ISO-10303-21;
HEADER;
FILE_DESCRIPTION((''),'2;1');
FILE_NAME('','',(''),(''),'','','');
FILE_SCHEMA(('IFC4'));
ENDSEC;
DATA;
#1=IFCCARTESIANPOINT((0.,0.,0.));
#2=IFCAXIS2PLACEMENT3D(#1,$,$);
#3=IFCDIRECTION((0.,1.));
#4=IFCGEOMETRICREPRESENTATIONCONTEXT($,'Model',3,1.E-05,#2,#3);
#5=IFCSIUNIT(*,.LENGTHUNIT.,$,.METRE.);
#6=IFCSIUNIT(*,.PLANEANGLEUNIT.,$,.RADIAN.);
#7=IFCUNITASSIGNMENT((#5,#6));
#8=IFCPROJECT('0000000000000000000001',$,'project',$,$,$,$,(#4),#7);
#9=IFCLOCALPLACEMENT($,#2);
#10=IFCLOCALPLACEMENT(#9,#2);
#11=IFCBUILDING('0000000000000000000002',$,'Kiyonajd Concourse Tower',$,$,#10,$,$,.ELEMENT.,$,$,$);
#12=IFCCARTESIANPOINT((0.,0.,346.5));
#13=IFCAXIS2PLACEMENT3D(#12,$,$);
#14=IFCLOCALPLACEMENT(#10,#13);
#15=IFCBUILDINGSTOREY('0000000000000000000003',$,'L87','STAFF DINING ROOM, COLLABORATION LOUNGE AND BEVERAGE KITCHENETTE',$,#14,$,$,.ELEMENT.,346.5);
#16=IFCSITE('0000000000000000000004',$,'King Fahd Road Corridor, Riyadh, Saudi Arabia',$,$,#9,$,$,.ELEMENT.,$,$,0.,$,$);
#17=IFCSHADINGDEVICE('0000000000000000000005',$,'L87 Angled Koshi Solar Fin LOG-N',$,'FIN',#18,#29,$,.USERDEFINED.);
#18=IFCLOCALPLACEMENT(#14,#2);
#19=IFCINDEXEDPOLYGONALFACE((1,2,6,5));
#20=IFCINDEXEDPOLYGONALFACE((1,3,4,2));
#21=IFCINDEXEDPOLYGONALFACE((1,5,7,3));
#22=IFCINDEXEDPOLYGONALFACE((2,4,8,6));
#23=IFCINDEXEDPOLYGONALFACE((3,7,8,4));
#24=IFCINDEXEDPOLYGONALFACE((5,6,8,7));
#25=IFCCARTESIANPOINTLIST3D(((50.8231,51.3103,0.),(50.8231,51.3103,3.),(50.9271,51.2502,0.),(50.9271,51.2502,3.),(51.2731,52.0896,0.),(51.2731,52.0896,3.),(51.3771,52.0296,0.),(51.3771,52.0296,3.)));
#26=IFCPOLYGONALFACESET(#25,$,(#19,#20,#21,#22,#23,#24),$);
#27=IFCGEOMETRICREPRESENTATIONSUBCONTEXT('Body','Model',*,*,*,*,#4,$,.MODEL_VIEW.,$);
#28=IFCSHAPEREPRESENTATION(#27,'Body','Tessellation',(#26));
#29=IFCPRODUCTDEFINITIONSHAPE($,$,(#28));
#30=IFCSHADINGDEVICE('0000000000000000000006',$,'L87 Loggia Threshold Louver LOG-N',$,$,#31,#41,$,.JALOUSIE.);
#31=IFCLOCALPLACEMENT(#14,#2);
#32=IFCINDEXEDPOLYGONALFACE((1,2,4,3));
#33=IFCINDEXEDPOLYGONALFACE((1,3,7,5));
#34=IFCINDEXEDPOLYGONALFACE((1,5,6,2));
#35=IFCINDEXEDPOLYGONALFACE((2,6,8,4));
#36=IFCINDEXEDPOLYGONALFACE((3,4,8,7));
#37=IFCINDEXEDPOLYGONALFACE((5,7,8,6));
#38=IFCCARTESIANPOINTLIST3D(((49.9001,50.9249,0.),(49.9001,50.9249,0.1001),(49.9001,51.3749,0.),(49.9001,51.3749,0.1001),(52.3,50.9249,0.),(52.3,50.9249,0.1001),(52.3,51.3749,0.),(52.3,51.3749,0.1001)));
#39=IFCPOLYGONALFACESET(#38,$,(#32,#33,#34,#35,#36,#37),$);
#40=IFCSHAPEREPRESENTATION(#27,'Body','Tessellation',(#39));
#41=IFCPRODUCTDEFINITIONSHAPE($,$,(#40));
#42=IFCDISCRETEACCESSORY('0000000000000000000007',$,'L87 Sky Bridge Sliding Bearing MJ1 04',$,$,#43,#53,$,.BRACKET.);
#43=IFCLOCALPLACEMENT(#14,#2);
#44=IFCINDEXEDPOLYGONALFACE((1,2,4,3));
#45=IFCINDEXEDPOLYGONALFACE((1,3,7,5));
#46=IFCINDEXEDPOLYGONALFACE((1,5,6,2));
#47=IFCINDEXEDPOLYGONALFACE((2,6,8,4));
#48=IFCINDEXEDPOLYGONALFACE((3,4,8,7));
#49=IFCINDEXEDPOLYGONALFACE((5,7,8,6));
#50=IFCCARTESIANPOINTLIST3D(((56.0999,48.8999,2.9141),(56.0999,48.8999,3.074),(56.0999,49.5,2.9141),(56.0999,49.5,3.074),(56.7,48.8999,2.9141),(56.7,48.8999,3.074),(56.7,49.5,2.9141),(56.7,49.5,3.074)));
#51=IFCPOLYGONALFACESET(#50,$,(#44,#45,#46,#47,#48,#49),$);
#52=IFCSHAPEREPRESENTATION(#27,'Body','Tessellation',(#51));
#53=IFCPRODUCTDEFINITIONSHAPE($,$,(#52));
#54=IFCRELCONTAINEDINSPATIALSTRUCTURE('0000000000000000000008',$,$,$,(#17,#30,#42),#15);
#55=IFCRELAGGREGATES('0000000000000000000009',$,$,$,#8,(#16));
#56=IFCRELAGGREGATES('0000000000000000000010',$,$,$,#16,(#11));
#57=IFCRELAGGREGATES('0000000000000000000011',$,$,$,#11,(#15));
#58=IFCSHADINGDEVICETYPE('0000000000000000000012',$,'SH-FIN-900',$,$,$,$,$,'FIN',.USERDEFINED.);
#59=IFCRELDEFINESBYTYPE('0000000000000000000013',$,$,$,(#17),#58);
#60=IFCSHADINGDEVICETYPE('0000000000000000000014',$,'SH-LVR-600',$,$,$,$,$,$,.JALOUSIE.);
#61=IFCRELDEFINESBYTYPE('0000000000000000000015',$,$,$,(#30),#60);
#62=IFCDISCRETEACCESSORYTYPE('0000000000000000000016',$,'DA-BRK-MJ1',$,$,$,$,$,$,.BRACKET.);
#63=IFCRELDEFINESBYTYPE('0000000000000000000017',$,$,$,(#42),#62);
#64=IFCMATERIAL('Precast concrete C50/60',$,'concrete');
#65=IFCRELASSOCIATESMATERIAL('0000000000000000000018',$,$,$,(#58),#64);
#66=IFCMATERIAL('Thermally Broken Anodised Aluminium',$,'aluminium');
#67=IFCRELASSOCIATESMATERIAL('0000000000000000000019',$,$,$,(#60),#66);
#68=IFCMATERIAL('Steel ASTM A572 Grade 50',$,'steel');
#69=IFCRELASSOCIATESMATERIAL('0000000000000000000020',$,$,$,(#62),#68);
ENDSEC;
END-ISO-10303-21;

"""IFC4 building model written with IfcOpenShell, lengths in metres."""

from ifc_helpers import new_model, si_unit, direction, frame, origin, origin_2d, place, context, subcontext, project, spatial, rectangle, extrude, material, type_object, element, save


model = new_model("IFC4")

# Units and contexts
model_context = context("Model", 3, precision=1e-05, world=origin(), true_north=direction((0.0, 1.0)))
body_context = subcontext(model_context, "Body", "Model", "MODEL_VIEW")
ifc_project = project(units=[si_unit("LENGTHUNIT", "METRE"), si_unit("PLANEANGLEUNIT", "RADIAN")], contexts=[model_context])

# Site, building, storey
site_placement = place(None, origin())
site = spatial("IfcSite", under=ifc_project, at=site_placement, Name="King Fahd Road Corridor, Riyadh, Saudi Arabia", CompositionType="ELEMENT", RefElevation=0.0)
building_placement = place(site_placement, origin())
building = spatial("IfcBuilding", under=site, at=building_placement, Name="Kiyonajd Concourse Tower", CompositionType="ELEMENT")
storey_placement = place(building_placement, frame((0.0, 0.0, 346.5)))
storey = spatial("IfcBuildingStorey", under=building, at=storey_placement, Name="L87", Description="STAFF DINING ROOM, COLLABORATION LOUNGE AND BEVERAGE KITCHENETTE", CompositionType="ELEMENT", Elevation=346.5)

# Shared definitions
ifc_material_1 = material(Name="Steel ASTM A572 Grade 50", Category="steel")

# Shared definitions
ifc_material_2 = material(Name="Thermally Broken Anodised Aluminium", Category="aluminium")

# Shared definitions
ifc_material_3 = material(Name="Precast concrete C50/60", Category="concrete")

# Shading devices
shading_device_type_1 = type_object("IfcShadingDeviceType", Name="SH-FIN-900", ElementType="FIN", PredefinedType="USERDEFINED", material=ifc_material_3)
shading_device_1_placement = place(storey_placement, frame((51.1001, 51.6699, 0.0), z_axis=(0.0, 0.0, 1.0), x_axis=(0.5, 0.866025, 0.0)))
element("IfcShadingDevice", 1, at=shading_device_1_placement, inside=storey, type_object=shading_device_type_1, Name="L87 Angled Koshi Solar Fin LOG-N", ObjectType="FIN", PredefinedType="USERDEFINED", context=body_context, shape_type="SweptSolid", body=[
    extrude(rectangle(XDim=0.8999, YDim=0.1201, at=origin_2d()), origin(), (0.0, 0.0, 1.0), 3.0),
])
shading_device_type_2 = type_object("IfcShadingDeviceType", Name="SH-LVR-600", PredefinedType="JALOUSIE", material=ifc_material_2)
shading_device_2_placement = place(storey_placement, frame((51.1001, 51.1499, 0.0), z_axis=(0.0, 0.0, 1.0), x_axis=(1.0, 0.0, 0.0)))
element("IfcShadingDevice", 2, at=shading_device_2_placement, inside=storey, type_object=shading_device_type_2, Name="L87 Loggia Threshold Louver LOG-N", PredefinedType="JALOUSIE", context=body_context, shape_type="SweptSolid", body=[
    extrude(rectangle(XDim=2.3999, YDim=0.45, at=origin_2d()), origin(), (0.0, 0.0, 1.0), 0.1001),
])

# Discrete accessory
discrete_accessory_type = type_object("IfcDiscreteAccessoryType", Name="DA-BRK-MJ1", PredefinedType="BRACKET", material=ifc_material_1)
discrete_accessory_placement = place(storey_placement, frame((56.3999, 49.2, 2.9141), z_axis=(0.0, 0.0, 1.0), x_axis=(1.0, 0.0, 0.0)))
element("IfcDiscreteAccessory", 3, at=discrete_accessory_placement, inside=storey, type_object=discrete_accessory_type, Name="L87 Sky Bridge Sliding Bearing MJ1 04", PredefinedType="BRACKET", context=body_context, shape_type="SweptSolid", body=[
    extrude(rectangle(XDim=0.6001, YDim=0.6001, at=origin_2d()), origin(), (0.0, 0.0, 1.0), 0.1599),
])

save(model, "model.ifc")
